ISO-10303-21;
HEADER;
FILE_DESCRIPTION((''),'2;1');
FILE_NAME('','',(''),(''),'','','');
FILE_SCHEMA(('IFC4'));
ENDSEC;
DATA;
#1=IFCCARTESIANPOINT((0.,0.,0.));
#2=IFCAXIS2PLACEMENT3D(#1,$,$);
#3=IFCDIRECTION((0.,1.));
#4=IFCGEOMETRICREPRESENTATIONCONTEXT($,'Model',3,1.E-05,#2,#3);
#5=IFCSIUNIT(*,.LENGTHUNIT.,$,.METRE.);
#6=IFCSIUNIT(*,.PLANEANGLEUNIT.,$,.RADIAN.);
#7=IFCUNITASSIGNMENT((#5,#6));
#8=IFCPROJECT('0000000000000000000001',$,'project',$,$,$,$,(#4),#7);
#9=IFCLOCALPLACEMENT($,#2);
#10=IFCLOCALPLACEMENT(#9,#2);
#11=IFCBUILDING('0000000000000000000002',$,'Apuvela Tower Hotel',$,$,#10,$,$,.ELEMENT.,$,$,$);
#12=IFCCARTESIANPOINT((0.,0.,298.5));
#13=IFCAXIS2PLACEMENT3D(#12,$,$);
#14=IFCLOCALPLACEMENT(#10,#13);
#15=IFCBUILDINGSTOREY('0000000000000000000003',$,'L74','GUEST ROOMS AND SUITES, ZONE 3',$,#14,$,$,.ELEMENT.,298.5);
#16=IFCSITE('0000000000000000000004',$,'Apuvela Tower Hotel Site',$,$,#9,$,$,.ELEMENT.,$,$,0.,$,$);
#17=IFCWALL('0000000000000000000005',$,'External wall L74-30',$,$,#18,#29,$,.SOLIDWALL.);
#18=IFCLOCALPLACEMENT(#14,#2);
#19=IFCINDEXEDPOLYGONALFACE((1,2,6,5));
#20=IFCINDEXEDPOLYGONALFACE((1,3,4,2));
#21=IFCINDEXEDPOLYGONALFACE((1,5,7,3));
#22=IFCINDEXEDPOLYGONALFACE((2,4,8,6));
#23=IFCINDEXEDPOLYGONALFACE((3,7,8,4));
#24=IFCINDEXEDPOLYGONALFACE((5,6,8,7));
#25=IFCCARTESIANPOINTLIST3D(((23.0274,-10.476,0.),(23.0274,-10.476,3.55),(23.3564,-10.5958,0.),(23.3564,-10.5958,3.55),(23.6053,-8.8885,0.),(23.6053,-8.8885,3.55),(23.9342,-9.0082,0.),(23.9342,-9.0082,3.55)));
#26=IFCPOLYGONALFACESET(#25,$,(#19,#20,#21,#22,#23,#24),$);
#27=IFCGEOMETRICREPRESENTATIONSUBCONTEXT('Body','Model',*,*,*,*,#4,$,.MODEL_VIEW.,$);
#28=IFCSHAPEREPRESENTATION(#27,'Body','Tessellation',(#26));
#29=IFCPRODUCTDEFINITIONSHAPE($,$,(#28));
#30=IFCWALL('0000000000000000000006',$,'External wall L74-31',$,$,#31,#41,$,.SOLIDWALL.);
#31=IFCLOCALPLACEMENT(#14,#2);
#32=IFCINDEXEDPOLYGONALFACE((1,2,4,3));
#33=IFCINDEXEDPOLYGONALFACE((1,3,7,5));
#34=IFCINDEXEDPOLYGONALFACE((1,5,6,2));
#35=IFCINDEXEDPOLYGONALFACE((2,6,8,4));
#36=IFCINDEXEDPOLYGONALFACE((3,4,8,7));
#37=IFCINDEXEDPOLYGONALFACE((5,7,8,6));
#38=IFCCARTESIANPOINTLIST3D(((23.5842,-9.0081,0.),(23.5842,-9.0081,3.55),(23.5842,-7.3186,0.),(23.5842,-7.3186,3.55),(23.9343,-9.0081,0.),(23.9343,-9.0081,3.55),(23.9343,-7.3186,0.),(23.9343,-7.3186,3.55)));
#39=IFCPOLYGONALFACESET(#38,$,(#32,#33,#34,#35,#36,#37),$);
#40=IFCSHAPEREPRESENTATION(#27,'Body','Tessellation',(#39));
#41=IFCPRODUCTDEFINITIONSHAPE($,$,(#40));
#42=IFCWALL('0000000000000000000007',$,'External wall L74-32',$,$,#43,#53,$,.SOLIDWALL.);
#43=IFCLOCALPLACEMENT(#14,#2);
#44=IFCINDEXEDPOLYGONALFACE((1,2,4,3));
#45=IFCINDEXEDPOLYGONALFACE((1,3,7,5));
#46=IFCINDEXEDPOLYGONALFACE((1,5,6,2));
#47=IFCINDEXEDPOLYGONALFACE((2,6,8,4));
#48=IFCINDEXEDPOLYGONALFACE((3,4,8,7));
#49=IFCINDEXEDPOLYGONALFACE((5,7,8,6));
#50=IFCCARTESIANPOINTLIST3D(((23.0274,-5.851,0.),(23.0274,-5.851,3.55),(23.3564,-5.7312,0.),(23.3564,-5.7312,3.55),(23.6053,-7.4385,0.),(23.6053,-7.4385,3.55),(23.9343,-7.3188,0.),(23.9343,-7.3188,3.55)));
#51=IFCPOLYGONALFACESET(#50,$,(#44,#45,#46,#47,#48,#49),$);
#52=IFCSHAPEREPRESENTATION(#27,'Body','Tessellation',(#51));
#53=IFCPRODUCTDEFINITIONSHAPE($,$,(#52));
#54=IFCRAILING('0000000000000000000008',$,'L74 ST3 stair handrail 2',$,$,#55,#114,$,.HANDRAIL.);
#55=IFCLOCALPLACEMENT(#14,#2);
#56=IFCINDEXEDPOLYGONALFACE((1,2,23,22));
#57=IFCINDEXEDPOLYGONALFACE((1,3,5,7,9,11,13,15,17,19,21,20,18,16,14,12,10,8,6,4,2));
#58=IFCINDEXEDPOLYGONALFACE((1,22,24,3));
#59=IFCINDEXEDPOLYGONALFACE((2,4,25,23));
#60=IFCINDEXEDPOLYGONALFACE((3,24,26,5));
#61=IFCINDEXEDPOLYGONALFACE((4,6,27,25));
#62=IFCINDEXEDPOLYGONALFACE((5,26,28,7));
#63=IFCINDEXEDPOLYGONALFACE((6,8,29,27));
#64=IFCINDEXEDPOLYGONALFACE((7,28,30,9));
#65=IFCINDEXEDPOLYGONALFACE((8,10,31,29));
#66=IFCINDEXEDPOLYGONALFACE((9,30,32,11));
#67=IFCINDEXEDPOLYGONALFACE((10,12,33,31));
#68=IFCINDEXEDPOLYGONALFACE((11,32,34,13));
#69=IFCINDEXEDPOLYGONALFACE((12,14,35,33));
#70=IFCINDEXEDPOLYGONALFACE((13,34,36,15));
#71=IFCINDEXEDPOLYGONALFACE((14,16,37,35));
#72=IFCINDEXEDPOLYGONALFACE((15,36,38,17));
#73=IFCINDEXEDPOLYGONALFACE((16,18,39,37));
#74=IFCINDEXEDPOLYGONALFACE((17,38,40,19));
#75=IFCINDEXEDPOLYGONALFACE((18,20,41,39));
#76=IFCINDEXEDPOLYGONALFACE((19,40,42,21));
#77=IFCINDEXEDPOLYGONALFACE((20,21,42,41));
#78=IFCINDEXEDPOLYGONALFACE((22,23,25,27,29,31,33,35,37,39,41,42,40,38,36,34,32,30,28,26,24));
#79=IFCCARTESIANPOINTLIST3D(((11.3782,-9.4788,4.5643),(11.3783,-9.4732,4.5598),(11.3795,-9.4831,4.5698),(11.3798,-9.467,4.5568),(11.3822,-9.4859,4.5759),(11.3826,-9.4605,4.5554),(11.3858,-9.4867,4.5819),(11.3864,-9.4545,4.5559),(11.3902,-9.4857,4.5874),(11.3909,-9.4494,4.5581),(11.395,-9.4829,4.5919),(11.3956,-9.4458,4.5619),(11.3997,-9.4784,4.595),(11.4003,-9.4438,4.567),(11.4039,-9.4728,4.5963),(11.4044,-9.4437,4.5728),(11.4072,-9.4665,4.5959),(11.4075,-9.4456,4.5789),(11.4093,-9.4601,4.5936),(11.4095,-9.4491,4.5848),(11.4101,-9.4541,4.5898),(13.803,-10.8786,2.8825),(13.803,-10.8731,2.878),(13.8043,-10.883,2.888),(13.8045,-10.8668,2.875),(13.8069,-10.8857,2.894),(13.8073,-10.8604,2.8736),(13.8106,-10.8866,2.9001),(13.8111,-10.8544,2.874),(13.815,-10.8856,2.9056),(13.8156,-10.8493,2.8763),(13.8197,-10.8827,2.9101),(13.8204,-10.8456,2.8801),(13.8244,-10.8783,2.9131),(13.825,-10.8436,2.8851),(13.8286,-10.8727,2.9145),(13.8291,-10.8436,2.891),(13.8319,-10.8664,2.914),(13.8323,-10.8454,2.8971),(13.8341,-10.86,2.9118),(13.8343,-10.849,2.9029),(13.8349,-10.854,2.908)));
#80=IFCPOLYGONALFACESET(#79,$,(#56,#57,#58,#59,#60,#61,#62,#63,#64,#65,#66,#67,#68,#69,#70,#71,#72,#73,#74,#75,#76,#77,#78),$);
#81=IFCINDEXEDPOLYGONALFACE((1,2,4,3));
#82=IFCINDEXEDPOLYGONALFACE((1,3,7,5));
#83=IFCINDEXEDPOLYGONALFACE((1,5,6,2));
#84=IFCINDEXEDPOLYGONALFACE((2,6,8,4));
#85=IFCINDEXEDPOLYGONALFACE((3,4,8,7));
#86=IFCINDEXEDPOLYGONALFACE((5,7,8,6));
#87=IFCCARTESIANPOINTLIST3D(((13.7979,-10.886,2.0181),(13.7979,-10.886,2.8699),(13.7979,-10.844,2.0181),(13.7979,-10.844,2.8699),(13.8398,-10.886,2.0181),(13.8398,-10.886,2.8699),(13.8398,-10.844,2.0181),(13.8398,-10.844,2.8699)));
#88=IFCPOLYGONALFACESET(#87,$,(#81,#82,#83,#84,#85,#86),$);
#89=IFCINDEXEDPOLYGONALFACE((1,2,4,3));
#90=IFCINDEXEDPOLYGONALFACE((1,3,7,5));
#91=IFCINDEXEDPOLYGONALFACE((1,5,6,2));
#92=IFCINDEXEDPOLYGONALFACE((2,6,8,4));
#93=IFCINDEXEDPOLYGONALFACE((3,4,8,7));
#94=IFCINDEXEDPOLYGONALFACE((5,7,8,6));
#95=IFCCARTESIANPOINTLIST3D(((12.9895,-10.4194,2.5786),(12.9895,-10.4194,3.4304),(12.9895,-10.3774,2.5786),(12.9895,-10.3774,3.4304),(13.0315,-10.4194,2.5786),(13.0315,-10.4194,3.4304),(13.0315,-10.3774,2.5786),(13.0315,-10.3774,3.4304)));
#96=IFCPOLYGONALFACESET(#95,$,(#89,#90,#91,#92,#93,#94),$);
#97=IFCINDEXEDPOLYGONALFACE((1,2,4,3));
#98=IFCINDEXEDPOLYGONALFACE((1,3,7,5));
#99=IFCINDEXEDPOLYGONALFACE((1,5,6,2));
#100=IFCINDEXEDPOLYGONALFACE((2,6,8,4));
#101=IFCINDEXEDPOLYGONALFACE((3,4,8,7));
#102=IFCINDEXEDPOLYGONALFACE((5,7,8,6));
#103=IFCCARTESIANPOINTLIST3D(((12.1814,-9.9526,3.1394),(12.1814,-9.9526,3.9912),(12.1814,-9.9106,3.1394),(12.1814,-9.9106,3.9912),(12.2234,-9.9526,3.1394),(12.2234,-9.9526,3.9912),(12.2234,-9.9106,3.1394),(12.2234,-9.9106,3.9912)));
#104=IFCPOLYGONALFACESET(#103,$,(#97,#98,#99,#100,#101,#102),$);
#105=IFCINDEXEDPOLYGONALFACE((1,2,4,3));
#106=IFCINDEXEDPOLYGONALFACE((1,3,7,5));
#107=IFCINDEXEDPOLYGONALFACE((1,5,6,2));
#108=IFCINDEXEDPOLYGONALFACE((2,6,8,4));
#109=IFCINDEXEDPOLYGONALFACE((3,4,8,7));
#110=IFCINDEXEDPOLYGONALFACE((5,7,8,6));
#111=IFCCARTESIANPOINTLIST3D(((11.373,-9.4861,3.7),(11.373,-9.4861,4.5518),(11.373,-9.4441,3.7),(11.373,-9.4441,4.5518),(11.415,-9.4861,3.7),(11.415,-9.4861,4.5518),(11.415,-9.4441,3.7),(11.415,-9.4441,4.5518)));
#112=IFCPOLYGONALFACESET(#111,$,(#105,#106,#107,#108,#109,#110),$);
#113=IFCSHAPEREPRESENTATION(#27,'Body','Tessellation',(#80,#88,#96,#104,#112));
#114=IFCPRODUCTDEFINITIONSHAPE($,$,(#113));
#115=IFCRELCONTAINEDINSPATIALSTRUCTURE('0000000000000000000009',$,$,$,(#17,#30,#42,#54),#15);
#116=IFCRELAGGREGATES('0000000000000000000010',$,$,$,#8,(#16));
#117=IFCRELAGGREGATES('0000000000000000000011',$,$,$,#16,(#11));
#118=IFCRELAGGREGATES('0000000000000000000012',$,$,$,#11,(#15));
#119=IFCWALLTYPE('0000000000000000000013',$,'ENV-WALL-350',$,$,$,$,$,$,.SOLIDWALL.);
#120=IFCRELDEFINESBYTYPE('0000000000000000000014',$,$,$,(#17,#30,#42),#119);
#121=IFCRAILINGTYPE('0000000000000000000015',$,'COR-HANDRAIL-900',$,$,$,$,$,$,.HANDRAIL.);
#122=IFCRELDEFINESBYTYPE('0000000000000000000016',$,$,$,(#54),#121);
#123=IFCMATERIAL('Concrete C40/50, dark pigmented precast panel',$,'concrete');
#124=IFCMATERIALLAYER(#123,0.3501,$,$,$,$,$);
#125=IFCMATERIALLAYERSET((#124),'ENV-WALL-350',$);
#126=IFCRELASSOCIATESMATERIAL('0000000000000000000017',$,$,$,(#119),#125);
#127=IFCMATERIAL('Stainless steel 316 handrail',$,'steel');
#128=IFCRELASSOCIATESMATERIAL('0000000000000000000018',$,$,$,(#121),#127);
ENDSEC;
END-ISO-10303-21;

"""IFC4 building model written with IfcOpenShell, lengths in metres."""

from ifc_helpers import new_model, si_unit, direction, frame, frame_2d, origin, origin_2d, place, context, subcontext, project, spatial, rectangle, circle, extrude, material, layer, layer_set, type_object, element, save


model = new_model("IFC4")

# Units and contexts
model_context = context("Model", 3, precision=1e-05, world=origin(), true_north=direction((0.0, 1.0)))
body_context = subcontext(model_context, "Body", "Model", "MODEL_VIEW")
ifc_project = project(units=[si_unit("LENGTHUNIT", "METRE"), si_unit("PLANEANGLEUNIT", "RADIAN")], contexts=[model_context])

# Site, building, storey
site_placement = place(None, origin())
site = spatial("IfcSite", under=ifc_project, at=site_placement, Name="Apuvela Tower Hotel Site", CompositionType="ELEMENT", RefElevation=0.0)
building_placement = place(site_placement, origin())
building = spatial("IfcBuilding", under=site, at=building_placement, Name="Apuvela Tower Hotel", CompositionType="ELEMENT")
storey_placement = place(building_placement, frame((0.0, 0.0, 298.5)))
storey = spatial("IfcBuildingStorey", under=building, at=storey_placement, Name="L74", Description="GUEST ROOMS AND SUITES, ZONE 3", CompositionType="ELEMENT", Elevation=298.5)

# Walls
ifc_material_1 = material(Name="Concrete C40/50, dark pigmented precast panel", Category="concrete")
ifc_layer_1 = layer(ifc_material_1, 0.3501)
ifc_layer_set_1 = layer_set([ifc_layer_1], Name="ENV-WALL-350")
wall_type_1 = type_object("IfcWallType", Name="ENV-WALL-350", PredefinedType="SOLIDWALL", material=ifc_layer_set_1)
for number, where, z_axis, x_axis, name in (
    (1, (23.1919, -10.5359, 0.0), (0.0, 0.0, 1.0), (0.342033, 0.939688, 0.0), "External wall L74-30"),
    (2, (23.7593, -9.0081, 0.0), (0.0, 0.0, 1.0), (0.0, 1.0, 0.0), "External wall L74-31"),
    (3, (23.7698, -7.3787, 0.0), (0.0, 0.0, 1.0), (-0.342033, 0.939688, 0.0), "External wall L74-32"),
):
    element("IfcWall", number, at=place(storey_placement, frame(where, z_axis=z_axis, x_axis=x_axis)), inside=storey, type_object=wall_type_1, Name=name, PredefinedType="SOLIDWALL", context=body_context, shape_type="SweptSolid", body=[
        extrude(rectangle(XDim=1.6895, YDim=0.3501, at=frame_2d((0.8447, 0.0))), origin(), (0.0, 0.0, 1.0), 3.55),
    ])

# Railing
ifc_material_2 = material(Name="Stainless steel 316 handrail", Category="steel")
railing_type_1 = type_object("IfcRailingType", Name="COR-HANDRAIL-900", PredefinedType="HANDRAIL", material=ifc_material_2)
railing_1_placement = place(storey_placement, frame((13.8188, -10.865, 2.0181)))
element("IfcRailing", 4, at=railing_1_placement, inside=storey, type_object=railing_type_1, Name="L74 ST3 stair handrail 2", PredefinedType="HANDRAIL", context=body_context, shape_type="SweptSolid", body=[
    extrude(circle(Radius=0.0239, at=origin_2d()), frame((0.0, 0.0, 0.876), z_axis=(-0.74239, 0.428601, 0.514934), x_axis=(-0.499984, -0.866035, 0.0)), (0.0, 0.0, 1.0), 3.2661),
    extrude(rectangle(XDim=0.042, YDim=0.042, at=origin_2d()), origin(), (0.0, 0.0, 1.0), 0.8518),
    extrude(rectangle(XDim=0.042, YDim=0.042, at=origin_2d()), frame((-0.8083, 0.4666, 0.5605)), (0.0, 0.0, 1.0), 0.8518),
    extrude(rectangle(XDim=0.042, YDim=0.042, at=origin_2d()), frame((-1.6165, 0.9333, 1.1213)), (0.0, 0.0, 1.0), 0.8518),
    extrude(rectangle(XDim=0.042, YDim=0.042, at=origin_2d()), frame((-2.4248, 1.3999, 1.6819)), (0.0, 0.0, 1.0), 0.8518),
])

save(model, "model.ifc")
